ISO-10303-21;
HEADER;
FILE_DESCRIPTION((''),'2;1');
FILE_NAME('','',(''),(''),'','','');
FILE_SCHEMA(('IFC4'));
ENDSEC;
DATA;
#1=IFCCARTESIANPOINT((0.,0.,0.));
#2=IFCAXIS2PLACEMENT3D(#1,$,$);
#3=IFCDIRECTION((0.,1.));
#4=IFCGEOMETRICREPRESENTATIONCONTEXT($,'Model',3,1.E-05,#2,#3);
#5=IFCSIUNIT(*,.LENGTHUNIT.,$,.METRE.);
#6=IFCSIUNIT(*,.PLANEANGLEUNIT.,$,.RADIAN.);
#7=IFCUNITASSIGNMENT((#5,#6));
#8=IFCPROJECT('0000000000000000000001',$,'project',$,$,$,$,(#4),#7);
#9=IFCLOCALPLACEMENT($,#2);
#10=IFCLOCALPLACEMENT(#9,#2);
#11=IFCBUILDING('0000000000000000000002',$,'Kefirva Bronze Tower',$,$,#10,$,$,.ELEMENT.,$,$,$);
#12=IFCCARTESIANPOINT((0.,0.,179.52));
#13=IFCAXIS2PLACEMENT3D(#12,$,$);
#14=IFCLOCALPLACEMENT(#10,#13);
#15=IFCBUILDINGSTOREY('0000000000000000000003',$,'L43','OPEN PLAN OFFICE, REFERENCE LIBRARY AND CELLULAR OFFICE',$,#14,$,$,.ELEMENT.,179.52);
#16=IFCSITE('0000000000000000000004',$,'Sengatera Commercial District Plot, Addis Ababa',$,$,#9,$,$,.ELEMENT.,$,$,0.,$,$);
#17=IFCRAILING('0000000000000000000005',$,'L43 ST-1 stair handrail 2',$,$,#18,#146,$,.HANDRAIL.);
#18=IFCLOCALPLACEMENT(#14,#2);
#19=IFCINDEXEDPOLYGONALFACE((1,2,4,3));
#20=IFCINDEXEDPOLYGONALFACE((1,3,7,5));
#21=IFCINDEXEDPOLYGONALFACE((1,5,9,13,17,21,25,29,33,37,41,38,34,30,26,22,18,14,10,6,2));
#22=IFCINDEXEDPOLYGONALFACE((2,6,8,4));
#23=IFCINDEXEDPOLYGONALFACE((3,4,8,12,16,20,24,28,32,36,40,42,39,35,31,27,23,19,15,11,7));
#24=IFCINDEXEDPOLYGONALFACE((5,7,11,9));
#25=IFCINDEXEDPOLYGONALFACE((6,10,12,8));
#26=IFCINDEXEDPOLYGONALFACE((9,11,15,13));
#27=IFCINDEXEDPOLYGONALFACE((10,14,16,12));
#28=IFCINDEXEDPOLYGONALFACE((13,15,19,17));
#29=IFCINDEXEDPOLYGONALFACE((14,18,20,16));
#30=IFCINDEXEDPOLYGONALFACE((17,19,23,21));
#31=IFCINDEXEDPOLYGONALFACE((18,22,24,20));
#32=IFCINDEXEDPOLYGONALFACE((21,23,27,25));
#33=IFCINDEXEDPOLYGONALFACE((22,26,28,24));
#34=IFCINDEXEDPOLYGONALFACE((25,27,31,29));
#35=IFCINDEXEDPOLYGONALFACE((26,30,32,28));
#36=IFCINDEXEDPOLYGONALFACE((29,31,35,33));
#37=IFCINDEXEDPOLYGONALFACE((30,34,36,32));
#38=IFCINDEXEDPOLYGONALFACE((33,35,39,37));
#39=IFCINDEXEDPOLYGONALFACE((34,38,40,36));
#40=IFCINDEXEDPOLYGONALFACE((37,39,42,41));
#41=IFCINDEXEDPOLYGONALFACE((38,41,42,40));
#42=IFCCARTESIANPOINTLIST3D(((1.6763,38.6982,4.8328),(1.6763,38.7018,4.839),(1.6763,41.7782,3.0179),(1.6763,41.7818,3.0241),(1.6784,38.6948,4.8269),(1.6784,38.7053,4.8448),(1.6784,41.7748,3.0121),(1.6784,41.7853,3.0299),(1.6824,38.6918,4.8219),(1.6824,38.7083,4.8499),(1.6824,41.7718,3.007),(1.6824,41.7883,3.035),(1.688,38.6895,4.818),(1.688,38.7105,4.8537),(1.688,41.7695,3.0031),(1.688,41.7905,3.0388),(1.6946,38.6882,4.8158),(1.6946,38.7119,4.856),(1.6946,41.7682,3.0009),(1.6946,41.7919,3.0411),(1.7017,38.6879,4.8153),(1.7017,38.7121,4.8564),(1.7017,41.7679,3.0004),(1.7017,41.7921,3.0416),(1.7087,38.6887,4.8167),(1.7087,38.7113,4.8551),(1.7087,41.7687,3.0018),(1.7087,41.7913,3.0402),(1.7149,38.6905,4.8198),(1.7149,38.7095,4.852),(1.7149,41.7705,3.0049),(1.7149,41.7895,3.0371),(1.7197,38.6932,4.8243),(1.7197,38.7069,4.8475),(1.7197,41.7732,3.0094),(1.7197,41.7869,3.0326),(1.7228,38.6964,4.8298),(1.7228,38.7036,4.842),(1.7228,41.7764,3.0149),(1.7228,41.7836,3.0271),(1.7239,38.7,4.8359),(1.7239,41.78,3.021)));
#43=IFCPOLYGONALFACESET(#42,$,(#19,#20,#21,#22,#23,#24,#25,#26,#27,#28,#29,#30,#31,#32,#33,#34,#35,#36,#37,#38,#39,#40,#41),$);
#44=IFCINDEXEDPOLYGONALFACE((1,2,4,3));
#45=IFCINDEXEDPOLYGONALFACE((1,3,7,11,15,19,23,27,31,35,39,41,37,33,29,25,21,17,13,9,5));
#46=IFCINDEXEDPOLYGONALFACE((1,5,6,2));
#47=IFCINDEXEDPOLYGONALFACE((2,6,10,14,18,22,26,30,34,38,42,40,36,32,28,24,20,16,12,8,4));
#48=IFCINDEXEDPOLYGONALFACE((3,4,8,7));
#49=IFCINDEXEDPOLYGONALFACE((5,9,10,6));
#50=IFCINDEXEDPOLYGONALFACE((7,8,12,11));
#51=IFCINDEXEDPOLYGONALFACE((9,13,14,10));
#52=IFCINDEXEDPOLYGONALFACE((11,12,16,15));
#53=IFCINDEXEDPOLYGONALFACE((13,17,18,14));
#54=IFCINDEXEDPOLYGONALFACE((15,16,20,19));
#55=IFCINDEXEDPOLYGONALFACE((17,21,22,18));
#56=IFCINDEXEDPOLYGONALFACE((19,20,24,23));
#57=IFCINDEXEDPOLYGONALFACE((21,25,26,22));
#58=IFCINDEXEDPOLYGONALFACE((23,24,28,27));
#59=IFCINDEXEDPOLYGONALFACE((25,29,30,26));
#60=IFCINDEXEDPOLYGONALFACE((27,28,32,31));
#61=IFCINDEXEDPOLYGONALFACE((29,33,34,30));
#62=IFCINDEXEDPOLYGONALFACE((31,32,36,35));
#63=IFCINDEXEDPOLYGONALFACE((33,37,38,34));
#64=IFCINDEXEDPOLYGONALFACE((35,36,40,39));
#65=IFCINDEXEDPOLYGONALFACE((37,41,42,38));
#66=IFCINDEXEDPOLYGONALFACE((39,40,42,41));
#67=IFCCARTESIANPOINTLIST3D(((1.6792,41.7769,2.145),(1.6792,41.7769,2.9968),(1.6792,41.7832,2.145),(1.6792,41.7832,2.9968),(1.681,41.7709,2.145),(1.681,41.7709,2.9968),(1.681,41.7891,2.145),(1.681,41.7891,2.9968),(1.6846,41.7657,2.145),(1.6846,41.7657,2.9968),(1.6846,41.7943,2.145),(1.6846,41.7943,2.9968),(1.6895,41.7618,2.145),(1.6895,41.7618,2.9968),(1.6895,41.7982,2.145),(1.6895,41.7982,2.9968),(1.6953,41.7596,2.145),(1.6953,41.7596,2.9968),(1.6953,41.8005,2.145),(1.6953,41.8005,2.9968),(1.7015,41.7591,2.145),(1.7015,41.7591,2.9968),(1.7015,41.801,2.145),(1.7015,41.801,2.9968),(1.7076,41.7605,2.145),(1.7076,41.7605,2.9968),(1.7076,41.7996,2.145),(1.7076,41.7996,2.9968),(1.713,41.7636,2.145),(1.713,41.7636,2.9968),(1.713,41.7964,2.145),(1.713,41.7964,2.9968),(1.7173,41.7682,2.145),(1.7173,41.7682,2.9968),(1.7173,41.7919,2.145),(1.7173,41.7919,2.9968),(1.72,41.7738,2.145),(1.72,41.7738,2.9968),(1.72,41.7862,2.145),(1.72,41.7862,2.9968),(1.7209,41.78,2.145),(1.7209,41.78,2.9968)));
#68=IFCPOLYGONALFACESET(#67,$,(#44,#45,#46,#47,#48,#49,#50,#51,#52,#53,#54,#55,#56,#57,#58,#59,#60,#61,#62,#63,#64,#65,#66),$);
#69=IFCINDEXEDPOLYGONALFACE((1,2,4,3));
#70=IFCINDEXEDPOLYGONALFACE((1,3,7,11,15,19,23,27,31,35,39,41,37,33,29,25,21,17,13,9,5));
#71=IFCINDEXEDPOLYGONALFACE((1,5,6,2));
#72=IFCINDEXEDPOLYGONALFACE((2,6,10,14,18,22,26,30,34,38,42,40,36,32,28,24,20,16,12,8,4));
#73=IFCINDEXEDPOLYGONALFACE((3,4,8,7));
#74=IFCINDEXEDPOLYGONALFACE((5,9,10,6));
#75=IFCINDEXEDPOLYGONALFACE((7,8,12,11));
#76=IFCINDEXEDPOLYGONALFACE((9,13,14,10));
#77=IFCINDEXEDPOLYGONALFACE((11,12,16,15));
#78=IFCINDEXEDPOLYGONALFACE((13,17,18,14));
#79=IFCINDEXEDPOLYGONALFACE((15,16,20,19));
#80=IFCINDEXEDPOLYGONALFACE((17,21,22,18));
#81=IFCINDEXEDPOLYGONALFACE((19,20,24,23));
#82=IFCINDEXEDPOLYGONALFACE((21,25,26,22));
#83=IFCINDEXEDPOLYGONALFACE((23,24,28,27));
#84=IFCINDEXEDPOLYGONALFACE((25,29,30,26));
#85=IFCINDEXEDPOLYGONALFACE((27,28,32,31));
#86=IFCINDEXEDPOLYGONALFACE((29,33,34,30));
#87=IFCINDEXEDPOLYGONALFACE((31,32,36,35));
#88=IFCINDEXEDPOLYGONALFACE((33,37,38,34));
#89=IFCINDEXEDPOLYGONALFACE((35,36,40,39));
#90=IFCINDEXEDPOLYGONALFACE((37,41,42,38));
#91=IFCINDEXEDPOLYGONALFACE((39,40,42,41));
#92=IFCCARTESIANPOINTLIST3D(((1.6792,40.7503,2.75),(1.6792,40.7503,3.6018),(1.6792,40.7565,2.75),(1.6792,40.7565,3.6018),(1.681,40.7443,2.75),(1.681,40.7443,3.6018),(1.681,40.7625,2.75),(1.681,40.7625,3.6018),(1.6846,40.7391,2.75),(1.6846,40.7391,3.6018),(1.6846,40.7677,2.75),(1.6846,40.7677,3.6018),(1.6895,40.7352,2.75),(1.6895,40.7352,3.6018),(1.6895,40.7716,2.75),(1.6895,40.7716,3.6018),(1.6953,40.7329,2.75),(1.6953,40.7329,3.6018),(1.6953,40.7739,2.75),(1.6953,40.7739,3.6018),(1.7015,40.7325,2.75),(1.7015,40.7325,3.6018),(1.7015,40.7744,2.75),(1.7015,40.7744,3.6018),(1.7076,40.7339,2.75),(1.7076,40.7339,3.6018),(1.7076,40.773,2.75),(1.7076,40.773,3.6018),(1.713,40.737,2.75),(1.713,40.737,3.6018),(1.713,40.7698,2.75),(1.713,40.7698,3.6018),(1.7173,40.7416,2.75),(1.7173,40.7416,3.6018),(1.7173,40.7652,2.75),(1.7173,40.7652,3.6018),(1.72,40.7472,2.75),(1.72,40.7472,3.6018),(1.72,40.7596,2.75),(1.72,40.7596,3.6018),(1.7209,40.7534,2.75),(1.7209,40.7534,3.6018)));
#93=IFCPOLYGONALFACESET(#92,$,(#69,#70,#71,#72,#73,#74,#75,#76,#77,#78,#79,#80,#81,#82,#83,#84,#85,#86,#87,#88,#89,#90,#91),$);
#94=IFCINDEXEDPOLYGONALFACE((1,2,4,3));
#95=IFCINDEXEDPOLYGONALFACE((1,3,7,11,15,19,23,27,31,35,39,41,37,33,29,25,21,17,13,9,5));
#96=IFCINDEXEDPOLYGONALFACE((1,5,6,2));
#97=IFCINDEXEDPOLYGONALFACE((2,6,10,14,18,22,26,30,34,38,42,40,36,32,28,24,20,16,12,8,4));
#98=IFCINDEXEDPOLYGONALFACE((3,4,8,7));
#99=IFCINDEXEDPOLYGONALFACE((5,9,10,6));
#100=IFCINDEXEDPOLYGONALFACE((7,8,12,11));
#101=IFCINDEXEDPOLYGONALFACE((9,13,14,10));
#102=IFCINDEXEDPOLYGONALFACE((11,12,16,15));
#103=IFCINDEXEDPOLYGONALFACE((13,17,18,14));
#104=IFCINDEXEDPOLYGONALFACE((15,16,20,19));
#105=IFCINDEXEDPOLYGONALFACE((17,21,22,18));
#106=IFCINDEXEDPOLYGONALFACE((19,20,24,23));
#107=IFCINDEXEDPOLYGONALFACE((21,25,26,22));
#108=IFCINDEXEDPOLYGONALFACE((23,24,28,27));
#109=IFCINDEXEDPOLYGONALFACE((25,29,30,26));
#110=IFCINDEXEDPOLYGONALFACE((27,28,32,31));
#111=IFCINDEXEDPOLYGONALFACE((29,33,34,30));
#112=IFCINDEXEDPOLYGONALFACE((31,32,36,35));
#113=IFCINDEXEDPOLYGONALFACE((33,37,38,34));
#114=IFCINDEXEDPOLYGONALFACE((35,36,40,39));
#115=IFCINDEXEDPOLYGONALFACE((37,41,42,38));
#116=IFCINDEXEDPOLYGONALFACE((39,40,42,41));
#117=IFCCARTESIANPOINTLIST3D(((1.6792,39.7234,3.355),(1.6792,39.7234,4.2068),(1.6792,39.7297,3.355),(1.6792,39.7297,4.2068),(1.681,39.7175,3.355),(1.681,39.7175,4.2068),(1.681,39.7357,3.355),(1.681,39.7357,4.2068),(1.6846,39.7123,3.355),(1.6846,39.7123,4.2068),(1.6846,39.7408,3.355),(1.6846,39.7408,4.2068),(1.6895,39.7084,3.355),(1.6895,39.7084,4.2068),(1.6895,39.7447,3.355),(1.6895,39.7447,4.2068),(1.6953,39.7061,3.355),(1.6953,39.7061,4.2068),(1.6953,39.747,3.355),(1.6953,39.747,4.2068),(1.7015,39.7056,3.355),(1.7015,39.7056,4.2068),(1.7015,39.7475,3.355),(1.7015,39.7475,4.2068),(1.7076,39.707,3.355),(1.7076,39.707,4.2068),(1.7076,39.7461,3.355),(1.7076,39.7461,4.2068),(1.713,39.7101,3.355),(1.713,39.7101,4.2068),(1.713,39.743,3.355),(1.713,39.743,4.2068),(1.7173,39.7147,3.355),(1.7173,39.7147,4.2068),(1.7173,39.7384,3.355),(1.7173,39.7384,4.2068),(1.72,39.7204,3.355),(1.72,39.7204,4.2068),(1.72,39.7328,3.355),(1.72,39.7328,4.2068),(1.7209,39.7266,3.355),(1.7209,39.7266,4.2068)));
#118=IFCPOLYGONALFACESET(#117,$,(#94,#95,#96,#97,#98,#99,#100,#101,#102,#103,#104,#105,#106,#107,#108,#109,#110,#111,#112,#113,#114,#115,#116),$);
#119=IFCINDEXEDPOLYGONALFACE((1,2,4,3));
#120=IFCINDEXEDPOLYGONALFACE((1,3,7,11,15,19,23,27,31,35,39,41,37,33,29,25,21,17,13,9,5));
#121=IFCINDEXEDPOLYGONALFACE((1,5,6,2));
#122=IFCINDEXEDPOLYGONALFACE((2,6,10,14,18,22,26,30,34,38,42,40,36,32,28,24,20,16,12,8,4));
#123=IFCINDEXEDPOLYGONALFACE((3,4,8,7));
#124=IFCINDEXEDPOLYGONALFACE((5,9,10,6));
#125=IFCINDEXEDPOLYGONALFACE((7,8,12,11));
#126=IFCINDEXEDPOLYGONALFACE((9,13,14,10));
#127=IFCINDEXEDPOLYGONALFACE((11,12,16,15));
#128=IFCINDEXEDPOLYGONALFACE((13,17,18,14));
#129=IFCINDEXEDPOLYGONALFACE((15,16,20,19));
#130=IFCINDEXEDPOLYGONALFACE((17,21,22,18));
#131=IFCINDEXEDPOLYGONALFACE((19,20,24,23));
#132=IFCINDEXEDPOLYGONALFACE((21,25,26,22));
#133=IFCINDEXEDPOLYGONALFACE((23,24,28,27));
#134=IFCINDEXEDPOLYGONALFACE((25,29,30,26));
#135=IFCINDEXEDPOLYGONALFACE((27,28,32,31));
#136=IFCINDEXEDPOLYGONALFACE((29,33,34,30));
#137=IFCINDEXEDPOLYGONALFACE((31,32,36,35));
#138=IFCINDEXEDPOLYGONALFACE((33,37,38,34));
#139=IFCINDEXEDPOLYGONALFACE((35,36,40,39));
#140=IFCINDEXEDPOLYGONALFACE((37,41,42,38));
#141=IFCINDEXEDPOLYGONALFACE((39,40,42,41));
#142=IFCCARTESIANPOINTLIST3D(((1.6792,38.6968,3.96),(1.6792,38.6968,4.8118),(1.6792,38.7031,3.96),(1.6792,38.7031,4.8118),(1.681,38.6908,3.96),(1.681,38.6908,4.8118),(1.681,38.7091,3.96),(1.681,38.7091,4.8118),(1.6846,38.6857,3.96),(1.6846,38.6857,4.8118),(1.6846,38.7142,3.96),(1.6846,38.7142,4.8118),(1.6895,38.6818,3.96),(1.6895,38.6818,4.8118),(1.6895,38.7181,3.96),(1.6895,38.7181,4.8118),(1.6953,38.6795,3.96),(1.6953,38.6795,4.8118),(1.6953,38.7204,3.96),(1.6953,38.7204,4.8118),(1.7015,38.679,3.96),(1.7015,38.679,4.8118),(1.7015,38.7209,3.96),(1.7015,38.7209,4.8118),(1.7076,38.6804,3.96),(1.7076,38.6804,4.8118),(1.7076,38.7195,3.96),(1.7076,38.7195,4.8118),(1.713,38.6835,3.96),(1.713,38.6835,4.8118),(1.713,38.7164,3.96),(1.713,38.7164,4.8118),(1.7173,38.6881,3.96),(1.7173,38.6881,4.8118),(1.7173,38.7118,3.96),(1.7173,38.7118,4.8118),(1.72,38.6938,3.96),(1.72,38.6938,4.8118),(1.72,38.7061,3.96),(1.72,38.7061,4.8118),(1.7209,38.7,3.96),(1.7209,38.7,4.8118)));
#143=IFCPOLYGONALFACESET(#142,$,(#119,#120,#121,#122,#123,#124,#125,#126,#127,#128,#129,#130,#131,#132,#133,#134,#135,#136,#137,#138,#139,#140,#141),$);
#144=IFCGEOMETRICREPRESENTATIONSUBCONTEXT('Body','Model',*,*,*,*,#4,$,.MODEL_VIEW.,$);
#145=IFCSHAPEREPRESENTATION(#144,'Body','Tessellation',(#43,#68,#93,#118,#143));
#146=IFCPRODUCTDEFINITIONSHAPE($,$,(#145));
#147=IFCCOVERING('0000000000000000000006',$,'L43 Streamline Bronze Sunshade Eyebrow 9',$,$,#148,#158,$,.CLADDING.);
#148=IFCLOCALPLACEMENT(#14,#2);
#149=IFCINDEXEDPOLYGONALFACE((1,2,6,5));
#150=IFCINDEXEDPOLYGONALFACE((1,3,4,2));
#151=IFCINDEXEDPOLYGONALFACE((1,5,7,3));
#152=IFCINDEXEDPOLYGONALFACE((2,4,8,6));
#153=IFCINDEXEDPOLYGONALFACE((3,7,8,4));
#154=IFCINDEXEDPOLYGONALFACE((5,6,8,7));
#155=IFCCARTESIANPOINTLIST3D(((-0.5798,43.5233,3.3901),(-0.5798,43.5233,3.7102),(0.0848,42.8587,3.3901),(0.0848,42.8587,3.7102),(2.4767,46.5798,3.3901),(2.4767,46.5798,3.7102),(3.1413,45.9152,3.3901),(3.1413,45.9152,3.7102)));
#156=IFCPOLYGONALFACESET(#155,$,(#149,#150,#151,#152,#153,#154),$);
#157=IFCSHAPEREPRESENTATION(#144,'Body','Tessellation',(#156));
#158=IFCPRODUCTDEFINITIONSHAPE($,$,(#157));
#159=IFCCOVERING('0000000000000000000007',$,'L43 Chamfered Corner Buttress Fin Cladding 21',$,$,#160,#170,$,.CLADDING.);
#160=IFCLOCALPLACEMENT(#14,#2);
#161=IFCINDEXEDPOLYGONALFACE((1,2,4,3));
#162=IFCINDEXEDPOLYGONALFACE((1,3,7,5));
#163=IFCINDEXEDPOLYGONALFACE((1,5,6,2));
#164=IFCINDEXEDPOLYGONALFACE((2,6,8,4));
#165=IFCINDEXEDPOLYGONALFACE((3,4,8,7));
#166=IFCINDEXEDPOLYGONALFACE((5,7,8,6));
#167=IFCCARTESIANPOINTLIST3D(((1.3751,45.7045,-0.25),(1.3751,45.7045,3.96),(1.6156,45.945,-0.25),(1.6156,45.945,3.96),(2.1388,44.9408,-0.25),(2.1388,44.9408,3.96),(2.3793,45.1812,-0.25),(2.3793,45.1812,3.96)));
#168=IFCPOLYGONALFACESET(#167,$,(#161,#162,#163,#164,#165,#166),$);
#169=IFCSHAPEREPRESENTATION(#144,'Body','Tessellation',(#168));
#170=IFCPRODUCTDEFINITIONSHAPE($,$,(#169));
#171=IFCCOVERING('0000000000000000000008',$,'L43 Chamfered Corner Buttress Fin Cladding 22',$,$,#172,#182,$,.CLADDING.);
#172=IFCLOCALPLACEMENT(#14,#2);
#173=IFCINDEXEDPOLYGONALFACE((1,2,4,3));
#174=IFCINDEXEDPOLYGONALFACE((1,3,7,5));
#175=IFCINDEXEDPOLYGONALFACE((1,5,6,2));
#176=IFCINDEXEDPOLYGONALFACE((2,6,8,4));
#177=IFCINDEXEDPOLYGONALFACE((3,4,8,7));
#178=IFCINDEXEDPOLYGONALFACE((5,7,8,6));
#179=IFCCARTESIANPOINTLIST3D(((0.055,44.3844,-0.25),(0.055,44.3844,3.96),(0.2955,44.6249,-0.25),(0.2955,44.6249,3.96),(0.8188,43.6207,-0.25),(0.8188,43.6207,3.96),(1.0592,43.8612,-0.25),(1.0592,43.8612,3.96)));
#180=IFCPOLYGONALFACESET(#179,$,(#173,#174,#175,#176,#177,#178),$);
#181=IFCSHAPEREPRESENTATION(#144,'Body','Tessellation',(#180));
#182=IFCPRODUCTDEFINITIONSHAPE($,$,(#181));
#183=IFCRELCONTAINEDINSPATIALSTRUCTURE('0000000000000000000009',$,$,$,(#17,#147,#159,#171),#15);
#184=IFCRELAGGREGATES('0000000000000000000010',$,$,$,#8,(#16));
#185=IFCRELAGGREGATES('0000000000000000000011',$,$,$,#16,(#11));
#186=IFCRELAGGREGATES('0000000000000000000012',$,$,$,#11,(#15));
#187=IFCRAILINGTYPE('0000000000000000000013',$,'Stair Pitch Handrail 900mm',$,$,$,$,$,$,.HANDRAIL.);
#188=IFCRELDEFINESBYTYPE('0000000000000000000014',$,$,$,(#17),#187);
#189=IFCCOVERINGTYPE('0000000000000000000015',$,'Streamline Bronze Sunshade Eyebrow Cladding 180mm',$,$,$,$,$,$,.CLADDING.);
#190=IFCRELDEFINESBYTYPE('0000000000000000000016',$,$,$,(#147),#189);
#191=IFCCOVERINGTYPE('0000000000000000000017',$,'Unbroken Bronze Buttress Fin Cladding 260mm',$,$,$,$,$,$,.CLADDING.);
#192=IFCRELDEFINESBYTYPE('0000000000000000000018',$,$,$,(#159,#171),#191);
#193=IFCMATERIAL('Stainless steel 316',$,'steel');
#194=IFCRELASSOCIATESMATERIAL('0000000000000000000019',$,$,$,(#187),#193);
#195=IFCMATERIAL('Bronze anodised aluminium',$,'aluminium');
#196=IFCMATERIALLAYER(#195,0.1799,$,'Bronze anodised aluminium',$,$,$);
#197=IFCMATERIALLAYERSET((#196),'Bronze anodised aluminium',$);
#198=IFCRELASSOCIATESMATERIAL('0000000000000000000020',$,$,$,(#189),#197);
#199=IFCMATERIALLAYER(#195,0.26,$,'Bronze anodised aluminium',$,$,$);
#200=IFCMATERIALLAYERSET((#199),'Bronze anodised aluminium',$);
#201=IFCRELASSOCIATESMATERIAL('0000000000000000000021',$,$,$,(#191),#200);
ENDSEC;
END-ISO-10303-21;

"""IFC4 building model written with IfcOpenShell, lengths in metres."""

from ifc_helpers import new_model, si_unit, direction, frame, origin, origin_2d, place, context, subcontext, project, spatial, rectangle, circle, extrude, material, layer, layer_set, type_object, element, save


model = new_model("IFC4")

# Units and contexts
model_context = context("Model", 3, precision=1e-05, world=origin(), true_north=direction((0.0, 1.0)))
body_context = subcontext(model_context, "Body", "Model", "MODEL_VIEW")
ifc_project = project(units=[si_unit("LENGTHUNIT", "METRE"), si_unit("PLANEANGLEUNIT", "RADIAN")], contexts=[model_context])

# Site, building, storey
site_placement = place(None, origin())
site = spatial("IfcSite", under=ifc_project, at=site_placement, Name="Sengatera Commercial District Plot, Addis Ababa", CompositionType="ELEMENT", RefElevation=0.0)
building_placement = place(site_placement, origin())
building = spatial("IfcBuilding", under=site, at=building_placement, Name="Kefirva Bronze Tower", CompositionType="ELEMENT")
storey_placement = place(building_placement, frame((0.0, 0.0, 179.52)))
storey = spatial("IfcBuildingStorey", under=building, at=storey_placement, Name="L43", Description="OPEN PLAN OFFICE, REFERENCE LIBRARY AND CELLULAR OFFICE", CompositionType="ELEMENT", Elevation=179.52)

# Shared definitions
ifc_material_1 = material(Name="Bronze anodised aluminium", Category="aluminium")

# Railing
ifc_material_2 = material(Name="Stainless steel 316", Category="steel")
railing_type_1 = type_object("IfcRailingType", Name="Stair Pitch Handrail 900mm", PredefinedType="HANDRAIL", material=ifc_material_2)
railing_1_placement = place(storey_placement, frame((1.7, 41.78, 2.145)))
element("IfcRailing", 1, at=railing_1_placement, inside=storey, type_object=railing_type_1, Name="L43 ST-1 stair handrail 2", PredefinedType="HANDRAIL", context=body_context, shape_type="SweptSolid", body=[
    extrude(circle(Radius=0.0239, at=origin_2d()), frame((0.0, 0.0, 0.876), z_axis=(0.0, -0.861551, 0.507671), x_axis=(1.0, 0.0, 0.0)), (0.0, 0.0, 1.0), 3.575),
    extrude(circle(Radius=0.021, at=origin_2d()), origin(), (0.0, 0.0, 1.0), 0.8518),
    extrude(circle(Radius=0.021, at=origin_2d()), frame((0.0, -1.0266, 0.605)), (0.0, 0.0, 1.0), 0.8518),
    extrude(circle(Radius=0.021, at=origin_2d()), frame((0.0, -2.0535, 1.21)), (0.0, 0.0, 1.0), 0.8518),
    extrude(circle(Radius=0.021, at=origin_2d()), frame((0.0, -3.0801, 1.8149)), (0.0, 0.0, 1.0), 0.8518),
])

# Coverings
ifc_layer_1 = layer(ifc_material_1, 0.1799, Name="Bronze anodised aluminium")
ifc_layer_set_1 = layer_set([ifc_layer_1], Name="Bronze anodised aluminium")
covering_type_1 = type_object("IfcCoveringType", Name="Streamline Bronze Sunshade Eyebrow Cladding 180mm", PredefinedType="CLADDING", material=ifc_layer_set_1)
covering_1_placement = place(storey_placement, frame((1.2808, 44.7192, 3.3901), z_axis=(0.0, 0.0, 1.0), x_axis=(-0.707107, -0.707107, 0.0)))
element("IfcCovering", 2, at=covering_1_placement, inside=storey, type_object=covering_type_1, Name="L43 Streamline Bronze Sunshade Eyebrow 9", PredefinedType="CLADDING", context=body_context, shape_type="SweptSolid", body=[
    extrude(rectangle(XDim=4.3225, YDim=0.9399, at=origin_2d()), origin(), (0.0, 0.0, 1.0), 0.3201),
])
ifc_layer_2 = layer(ifc_material_1, 0.26, Name="Bronze anodised aluminium")
ifc_layer_set_2 = layer_set([ifc_layer_2], Name="Bronze anodised aluminium")
covering_type_2 = type_object("IfcCoveringType", Name="Unbroken Bronze Buttress Fin Cladding 260mm", PredefinedType="CLADDING", material=ifc_layer_set_2)
for number, where, z_axis, x_axis, name in (
    (3, (1.8772, 45.4429, -0.25), (0.0, 0.0, 1.0), (-0.707107, -0.707107, 0.0), "L43 Chamfered Corner Buttress Fin Cladding 21"),
    (4, (0.5571, 44.1228, -0.25), (0.0, 0.0, 1.0), (-0.707107, -0.707107, 0.0), "L43 Chamfered Corner Buttress Fin Cladding 22"),
):
    element("IfcCovering", number, at=place(storey_placement, frame(where, z_axis=z_axis, x_axis=x_axis)), inside=storey, type_object=covering_type_2, Name=name, PredefinedType="CLADDING", context=body_context, shape_type="SweptSolid", body=[
        extrude(rectangle(XDim=0.3401, YDim=1.0801, at=origin_2d()), origin(), (0.0, 0.0, 1.0), 4.21),
    ])

save(model, "model.ifc")
